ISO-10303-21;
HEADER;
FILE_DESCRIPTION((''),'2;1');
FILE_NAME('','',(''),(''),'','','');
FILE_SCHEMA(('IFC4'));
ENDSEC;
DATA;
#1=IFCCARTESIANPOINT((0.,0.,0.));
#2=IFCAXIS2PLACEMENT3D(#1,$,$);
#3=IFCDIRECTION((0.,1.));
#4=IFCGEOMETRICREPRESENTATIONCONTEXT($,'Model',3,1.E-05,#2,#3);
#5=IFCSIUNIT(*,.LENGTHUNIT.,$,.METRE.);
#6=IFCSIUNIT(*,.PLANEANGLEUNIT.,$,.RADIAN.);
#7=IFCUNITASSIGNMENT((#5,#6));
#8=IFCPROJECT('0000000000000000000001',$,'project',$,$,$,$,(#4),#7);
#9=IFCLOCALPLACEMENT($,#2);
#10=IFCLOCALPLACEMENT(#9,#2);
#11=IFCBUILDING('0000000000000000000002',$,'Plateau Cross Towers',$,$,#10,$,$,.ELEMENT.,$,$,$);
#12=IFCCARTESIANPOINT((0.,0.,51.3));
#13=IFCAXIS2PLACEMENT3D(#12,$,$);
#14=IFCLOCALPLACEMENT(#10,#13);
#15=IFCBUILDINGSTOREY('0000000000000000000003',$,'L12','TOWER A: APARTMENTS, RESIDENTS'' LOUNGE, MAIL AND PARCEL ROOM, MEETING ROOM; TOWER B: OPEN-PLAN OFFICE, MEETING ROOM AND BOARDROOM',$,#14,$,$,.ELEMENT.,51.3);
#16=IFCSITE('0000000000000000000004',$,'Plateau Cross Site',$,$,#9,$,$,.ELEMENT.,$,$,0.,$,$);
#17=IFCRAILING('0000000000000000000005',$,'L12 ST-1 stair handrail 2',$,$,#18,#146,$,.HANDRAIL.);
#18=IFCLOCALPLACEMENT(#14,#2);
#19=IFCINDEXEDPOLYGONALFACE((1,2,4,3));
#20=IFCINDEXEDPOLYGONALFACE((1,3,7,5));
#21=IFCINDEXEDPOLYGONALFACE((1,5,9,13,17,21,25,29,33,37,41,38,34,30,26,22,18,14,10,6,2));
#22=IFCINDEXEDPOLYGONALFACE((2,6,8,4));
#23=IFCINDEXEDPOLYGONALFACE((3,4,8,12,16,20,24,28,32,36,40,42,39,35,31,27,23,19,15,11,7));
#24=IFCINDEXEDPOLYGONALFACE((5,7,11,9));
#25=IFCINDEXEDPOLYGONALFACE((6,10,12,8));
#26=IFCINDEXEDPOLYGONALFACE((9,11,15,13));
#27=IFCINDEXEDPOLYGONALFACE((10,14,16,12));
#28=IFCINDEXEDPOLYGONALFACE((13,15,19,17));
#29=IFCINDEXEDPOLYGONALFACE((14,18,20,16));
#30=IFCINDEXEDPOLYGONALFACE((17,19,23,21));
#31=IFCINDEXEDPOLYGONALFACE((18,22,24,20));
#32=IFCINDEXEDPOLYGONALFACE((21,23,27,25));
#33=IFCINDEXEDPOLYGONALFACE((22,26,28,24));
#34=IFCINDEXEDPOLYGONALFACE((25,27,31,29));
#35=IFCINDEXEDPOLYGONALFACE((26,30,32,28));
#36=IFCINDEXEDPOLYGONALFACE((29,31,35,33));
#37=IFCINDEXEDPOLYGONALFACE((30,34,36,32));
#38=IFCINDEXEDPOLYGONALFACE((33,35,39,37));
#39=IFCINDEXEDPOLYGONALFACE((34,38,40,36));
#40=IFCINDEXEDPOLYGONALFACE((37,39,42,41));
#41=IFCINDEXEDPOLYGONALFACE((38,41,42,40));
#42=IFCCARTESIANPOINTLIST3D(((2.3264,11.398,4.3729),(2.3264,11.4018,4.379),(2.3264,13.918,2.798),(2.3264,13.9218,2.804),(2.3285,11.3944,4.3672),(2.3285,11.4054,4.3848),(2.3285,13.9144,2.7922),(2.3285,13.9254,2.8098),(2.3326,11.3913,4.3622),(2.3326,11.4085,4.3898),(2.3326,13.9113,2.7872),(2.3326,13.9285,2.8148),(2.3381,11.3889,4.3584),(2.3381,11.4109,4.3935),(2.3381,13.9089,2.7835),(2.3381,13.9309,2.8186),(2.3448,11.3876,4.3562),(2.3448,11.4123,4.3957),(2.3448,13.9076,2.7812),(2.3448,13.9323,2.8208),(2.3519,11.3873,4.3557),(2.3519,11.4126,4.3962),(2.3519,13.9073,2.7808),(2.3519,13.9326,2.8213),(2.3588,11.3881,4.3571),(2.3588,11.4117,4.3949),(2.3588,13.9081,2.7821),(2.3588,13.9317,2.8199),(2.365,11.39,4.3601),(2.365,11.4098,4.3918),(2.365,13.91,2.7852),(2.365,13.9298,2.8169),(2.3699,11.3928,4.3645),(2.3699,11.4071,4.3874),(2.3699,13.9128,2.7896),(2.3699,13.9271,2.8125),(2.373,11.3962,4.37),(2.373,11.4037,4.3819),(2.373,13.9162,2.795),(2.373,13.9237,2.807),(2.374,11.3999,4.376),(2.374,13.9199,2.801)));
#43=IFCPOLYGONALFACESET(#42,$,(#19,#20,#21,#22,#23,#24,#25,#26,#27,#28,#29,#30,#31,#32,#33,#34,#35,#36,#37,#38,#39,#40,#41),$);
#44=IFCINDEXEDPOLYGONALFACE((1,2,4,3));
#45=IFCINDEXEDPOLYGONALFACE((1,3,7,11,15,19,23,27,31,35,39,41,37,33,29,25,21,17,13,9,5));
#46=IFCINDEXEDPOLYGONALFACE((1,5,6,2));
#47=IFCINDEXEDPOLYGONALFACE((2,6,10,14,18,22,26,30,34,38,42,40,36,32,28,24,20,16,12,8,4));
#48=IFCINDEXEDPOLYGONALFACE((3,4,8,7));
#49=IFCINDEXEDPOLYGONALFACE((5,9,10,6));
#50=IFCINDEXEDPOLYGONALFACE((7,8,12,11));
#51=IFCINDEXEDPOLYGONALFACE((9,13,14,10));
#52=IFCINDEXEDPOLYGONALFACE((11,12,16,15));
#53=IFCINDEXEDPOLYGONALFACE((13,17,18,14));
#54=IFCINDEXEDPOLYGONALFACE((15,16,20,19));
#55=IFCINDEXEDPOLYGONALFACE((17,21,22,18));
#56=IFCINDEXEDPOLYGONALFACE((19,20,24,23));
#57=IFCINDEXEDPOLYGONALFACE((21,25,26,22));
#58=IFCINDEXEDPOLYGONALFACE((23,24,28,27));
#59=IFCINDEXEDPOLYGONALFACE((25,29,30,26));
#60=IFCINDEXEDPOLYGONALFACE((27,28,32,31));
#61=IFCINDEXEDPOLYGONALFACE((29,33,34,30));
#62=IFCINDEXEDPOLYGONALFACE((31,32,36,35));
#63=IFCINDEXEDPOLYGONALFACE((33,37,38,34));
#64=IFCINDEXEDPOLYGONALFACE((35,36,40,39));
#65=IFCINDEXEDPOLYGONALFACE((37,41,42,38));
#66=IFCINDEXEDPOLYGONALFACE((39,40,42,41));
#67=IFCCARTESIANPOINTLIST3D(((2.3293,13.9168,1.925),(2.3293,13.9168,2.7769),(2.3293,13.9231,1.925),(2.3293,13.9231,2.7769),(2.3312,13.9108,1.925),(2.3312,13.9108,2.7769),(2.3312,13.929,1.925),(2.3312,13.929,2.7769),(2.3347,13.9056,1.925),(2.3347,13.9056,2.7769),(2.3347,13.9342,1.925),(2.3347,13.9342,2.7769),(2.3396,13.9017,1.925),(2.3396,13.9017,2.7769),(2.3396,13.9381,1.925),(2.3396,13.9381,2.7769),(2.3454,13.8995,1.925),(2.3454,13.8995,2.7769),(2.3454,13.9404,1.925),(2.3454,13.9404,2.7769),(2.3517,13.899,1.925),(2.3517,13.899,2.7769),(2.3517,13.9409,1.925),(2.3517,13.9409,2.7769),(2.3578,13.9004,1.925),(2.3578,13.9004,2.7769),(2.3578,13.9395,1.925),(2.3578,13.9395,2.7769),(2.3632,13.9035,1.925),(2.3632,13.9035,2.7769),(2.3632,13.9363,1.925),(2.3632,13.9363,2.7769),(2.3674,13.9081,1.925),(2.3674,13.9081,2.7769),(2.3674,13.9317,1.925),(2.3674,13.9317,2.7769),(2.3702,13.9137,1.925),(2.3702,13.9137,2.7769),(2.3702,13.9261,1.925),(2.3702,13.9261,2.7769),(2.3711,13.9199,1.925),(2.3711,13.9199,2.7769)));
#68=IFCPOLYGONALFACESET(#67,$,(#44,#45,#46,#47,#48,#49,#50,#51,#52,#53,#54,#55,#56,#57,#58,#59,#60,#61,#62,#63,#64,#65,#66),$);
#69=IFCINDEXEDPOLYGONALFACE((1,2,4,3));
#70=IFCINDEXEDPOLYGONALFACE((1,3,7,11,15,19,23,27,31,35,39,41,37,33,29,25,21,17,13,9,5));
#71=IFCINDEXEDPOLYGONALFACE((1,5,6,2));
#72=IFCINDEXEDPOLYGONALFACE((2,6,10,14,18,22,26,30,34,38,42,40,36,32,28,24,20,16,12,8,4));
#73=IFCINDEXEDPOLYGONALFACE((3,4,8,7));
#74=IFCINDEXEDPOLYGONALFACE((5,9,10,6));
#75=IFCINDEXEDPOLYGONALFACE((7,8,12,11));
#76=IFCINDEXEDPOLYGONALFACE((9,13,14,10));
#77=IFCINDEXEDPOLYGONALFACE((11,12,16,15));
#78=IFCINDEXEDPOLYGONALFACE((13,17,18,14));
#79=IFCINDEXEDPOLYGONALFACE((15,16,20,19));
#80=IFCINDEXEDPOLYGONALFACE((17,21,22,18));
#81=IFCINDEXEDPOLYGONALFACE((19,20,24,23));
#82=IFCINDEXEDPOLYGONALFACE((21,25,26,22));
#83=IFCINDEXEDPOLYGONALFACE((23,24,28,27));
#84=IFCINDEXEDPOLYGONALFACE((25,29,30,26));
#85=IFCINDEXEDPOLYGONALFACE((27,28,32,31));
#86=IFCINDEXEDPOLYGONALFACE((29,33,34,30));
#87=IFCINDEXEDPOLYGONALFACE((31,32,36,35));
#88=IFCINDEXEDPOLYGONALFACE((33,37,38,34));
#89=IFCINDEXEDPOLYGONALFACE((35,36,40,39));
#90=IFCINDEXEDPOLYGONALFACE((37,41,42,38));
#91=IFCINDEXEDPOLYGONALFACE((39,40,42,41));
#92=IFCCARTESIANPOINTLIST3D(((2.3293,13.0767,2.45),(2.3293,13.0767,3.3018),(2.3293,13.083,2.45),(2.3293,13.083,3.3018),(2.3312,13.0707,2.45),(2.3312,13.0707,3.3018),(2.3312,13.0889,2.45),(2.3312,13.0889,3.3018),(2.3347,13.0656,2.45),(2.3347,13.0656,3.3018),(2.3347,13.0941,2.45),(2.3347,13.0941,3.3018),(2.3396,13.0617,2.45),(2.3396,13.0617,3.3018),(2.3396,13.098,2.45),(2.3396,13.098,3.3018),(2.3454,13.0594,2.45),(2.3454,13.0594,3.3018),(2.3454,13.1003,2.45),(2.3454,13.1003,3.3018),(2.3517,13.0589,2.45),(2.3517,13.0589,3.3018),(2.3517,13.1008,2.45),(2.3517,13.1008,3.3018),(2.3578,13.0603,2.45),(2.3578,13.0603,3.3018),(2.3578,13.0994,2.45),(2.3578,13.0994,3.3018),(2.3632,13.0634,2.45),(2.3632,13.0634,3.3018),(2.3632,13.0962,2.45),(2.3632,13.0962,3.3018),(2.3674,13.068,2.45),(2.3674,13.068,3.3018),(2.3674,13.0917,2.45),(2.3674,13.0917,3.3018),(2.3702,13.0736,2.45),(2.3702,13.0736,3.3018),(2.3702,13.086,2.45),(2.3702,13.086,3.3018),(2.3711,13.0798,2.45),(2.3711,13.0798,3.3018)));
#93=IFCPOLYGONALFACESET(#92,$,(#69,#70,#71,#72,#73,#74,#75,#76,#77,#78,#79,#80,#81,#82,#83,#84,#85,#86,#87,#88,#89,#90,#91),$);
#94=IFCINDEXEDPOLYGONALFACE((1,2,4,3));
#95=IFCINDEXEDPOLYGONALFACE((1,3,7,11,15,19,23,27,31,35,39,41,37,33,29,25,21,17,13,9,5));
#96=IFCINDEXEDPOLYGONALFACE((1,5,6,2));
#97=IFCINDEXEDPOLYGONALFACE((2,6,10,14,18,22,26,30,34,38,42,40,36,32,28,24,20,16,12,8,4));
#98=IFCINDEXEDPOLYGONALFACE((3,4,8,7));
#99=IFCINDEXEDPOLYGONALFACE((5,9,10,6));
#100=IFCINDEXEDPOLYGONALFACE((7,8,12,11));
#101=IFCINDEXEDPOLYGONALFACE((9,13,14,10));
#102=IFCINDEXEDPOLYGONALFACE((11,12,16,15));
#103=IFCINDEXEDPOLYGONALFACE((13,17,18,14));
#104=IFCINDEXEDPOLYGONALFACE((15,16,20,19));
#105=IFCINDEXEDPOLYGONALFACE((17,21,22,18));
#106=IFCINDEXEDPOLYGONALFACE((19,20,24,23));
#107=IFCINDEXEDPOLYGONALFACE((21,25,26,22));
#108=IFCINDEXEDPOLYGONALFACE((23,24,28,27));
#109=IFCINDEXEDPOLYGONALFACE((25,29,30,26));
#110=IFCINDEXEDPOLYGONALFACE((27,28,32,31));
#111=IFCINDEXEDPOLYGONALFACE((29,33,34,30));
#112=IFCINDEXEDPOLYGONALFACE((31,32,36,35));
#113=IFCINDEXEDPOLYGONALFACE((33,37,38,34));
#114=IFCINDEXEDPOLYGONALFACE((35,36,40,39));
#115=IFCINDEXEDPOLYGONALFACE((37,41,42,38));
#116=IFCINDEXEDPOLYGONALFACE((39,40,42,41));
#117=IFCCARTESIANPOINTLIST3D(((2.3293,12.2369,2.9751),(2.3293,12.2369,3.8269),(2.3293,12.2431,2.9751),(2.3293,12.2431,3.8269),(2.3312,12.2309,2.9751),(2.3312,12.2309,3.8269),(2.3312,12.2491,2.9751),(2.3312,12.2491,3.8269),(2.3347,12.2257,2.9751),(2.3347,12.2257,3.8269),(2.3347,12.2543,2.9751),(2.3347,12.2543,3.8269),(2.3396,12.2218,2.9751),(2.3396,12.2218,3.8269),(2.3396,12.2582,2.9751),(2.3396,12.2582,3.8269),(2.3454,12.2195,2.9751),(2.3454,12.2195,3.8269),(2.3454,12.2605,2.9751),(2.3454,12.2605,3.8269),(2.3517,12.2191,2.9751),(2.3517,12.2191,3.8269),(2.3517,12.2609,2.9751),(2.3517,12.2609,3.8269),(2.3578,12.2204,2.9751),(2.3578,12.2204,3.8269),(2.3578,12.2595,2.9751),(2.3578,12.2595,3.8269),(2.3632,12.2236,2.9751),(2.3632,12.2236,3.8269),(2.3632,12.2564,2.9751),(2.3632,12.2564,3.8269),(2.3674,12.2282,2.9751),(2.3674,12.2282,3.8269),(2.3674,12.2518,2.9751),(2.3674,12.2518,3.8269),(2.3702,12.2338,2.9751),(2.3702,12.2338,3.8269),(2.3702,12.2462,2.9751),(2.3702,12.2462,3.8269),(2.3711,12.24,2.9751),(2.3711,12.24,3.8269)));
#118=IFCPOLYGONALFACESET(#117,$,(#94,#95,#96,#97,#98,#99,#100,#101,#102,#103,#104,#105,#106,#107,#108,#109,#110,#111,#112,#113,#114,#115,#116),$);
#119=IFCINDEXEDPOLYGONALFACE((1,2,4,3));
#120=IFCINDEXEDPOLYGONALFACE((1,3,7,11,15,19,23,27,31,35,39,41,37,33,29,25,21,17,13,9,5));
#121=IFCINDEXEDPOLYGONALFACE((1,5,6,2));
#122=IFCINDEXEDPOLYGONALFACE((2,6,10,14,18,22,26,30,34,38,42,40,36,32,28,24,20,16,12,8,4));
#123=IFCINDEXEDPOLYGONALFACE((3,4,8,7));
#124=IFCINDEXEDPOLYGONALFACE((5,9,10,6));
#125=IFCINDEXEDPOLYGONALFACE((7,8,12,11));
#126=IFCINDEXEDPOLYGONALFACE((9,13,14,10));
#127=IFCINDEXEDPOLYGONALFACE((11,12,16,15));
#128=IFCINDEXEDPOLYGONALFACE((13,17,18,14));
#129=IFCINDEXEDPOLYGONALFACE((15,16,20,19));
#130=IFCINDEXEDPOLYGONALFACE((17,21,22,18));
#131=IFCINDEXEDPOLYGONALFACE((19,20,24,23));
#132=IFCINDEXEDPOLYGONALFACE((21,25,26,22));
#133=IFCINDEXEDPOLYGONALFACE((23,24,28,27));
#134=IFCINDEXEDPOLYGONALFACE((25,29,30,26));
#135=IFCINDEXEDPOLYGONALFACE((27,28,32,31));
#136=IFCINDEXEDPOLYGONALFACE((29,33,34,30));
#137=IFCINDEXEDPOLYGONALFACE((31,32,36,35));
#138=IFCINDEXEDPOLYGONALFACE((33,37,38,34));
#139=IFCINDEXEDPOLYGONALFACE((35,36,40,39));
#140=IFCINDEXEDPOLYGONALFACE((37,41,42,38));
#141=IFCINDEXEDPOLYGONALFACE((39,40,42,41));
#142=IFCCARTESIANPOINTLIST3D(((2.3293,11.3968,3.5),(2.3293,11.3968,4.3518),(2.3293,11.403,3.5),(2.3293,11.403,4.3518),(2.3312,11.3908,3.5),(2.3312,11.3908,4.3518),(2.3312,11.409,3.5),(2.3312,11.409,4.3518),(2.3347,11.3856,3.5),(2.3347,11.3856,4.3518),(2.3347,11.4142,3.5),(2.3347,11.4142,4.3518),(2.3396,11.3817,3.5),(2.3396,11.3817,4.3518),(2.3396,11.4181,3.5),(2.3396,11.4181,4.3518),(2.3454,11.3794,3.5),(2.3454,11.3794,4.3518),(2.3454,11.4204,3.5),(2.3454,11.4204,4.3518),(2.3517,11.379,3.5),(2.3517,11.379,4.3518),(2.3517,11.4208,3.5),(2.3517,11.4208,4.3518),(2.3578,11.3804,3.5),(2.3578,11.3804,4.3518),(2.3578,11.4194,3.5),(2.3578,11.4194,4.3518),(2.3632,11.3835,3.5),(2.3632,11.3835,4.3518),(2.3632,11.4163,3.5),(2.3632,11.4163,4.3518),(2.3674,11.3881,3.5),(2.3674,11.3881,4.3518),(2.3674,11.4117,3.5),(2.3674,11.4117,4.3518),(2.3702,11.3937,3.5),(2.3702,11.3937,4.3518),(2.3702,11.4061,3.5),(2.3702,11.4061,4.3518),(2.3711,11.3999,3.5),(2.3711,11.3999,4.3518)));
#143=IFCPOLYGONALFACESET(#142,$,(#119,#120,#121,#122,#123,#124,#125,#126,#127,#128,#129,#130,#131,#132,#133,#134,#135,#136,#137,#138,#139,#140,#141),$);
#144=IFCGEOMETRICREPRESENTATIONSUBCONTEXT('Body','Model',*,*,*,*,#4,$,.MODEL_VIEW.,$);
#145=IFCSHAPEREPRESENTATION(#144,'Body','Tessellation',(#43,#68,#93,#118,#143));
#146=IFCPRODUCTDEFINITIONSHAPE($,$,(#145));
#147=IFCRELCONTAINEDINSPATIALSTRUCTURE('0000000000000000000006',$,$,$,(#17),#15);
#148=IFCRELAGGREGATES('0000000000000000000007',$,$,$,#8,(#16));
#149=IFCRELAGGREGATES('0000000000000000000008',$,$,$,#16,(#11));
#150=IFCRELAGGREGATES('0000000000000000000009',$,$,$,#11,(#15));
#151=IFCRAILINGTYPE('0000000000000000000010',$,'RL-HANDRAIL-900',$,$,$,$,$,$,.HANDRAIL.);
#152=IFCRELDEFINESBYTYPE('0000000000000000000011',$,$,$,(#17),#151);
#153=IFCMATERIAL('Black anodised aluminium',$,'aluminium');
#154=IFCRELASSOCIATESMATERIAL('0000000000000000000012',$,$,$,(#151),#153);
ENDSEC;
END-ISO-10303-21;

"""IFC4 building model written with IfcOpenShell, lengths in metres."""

from ifc_helpers import new_model, si_unit, direction, frame, origin, origin_2d, place, context, subcontext, project, spatial, circle, extrude, material, type_object, element, save


model = new_model("IFC4")

# Units and contexts
model_context = context("Model", 3, precision=1e-05, world=origin(), true_north=direction((0.0, 1.0)))
body_context = subcontext(model_context, "Body", "Model", "MODEL_VIEW")
ifc_project = project(units=[si_unit("LENGTHUNIT", "METRE"), si_unit("PLANEANGLEUNIT", "RADIAN")], contexts=[model_context])

# Site, building, storey
site_placement = place(None, origin())
site = spatial("IfcSite", under=ifc_project, at=site_placement, Name="Plateau Cross Site", CompositionType="ELEMENT", RefElevation=0.0)
building_placement = place(site_placement, origin())
building = spatial("IfcBuilding", under=site, at=building_placement, Name="Plateau Cross Towers", CompositionType="ELEMENT")
storey_placement = place(building_placement, frame((0.0, 0.0, 51.3)))
storey = spatial("IfcBuildingStorey", under=building, at=storey_placement, Name="L12", Description="TOWER A: APARTMENTS, RESIDENTS' LOUNGE, MAIL AND PARCEL ROOM, MEETING ROOM; TOWER B: OPEN-PLAN OFFICE, MEETING ROOM AND BOARDROOM", CompositionType="ELEMENT", Elevation=51.3)

# Shared definitions
ifc_material_1 = material(Name="Black anodised aluminium", Category="aluminium")

# Railing
railing_type_1 = type_object("IfcRailingType", Name="RL-HANDRAIL-900", PredefinedType="HANDRAIL", material=ifc_material_1)
railing_1_placement = place(storey_placement, frame((2.3501, 13.9199, 1.925)))
element("IfcRailing", 1, at=railing_1_placement, inside=storey, type_object=railing_type_1, Name="L12 ST-1 stair handrail 2", PredefinedType="HANDRAIL", context=body_context, shape_type="SweptSolid", body=[
    extrude(circle(Radius=0.0239, at=origin_2d()), frame((0.0, 0.0, 0.876), z_axis=(0.0, -0.848008, 0.529984), x_axis=(1.0, 0.0, 0.0)), (0.0, 0.0, 1.0), 2.9717),
    extrude(circle(Radius=0.021, at=origin_2d()), origin(), (0.0, 0.0, 1.0), 0.8518),
    extrude(circle(Radius=0.021, at=origin_2d()), frame((0.0, -0.8401, 0.5249)), (0.0, 0.0, 1.0), 0.8518),
    extrude(circle(Radius=0.021, at=origin_2d()), frame((0.0, -1.6799, 1.05)), (0.0, 0.0, 1.0), 0.8518),
    extrude(circle(Radius=0.021, at=origin_2d()), frame((0.0, -2.52, 1.575)), (0.0, 0.0, 1.0), 0.8518),
])

save(model, "model.ifc")
